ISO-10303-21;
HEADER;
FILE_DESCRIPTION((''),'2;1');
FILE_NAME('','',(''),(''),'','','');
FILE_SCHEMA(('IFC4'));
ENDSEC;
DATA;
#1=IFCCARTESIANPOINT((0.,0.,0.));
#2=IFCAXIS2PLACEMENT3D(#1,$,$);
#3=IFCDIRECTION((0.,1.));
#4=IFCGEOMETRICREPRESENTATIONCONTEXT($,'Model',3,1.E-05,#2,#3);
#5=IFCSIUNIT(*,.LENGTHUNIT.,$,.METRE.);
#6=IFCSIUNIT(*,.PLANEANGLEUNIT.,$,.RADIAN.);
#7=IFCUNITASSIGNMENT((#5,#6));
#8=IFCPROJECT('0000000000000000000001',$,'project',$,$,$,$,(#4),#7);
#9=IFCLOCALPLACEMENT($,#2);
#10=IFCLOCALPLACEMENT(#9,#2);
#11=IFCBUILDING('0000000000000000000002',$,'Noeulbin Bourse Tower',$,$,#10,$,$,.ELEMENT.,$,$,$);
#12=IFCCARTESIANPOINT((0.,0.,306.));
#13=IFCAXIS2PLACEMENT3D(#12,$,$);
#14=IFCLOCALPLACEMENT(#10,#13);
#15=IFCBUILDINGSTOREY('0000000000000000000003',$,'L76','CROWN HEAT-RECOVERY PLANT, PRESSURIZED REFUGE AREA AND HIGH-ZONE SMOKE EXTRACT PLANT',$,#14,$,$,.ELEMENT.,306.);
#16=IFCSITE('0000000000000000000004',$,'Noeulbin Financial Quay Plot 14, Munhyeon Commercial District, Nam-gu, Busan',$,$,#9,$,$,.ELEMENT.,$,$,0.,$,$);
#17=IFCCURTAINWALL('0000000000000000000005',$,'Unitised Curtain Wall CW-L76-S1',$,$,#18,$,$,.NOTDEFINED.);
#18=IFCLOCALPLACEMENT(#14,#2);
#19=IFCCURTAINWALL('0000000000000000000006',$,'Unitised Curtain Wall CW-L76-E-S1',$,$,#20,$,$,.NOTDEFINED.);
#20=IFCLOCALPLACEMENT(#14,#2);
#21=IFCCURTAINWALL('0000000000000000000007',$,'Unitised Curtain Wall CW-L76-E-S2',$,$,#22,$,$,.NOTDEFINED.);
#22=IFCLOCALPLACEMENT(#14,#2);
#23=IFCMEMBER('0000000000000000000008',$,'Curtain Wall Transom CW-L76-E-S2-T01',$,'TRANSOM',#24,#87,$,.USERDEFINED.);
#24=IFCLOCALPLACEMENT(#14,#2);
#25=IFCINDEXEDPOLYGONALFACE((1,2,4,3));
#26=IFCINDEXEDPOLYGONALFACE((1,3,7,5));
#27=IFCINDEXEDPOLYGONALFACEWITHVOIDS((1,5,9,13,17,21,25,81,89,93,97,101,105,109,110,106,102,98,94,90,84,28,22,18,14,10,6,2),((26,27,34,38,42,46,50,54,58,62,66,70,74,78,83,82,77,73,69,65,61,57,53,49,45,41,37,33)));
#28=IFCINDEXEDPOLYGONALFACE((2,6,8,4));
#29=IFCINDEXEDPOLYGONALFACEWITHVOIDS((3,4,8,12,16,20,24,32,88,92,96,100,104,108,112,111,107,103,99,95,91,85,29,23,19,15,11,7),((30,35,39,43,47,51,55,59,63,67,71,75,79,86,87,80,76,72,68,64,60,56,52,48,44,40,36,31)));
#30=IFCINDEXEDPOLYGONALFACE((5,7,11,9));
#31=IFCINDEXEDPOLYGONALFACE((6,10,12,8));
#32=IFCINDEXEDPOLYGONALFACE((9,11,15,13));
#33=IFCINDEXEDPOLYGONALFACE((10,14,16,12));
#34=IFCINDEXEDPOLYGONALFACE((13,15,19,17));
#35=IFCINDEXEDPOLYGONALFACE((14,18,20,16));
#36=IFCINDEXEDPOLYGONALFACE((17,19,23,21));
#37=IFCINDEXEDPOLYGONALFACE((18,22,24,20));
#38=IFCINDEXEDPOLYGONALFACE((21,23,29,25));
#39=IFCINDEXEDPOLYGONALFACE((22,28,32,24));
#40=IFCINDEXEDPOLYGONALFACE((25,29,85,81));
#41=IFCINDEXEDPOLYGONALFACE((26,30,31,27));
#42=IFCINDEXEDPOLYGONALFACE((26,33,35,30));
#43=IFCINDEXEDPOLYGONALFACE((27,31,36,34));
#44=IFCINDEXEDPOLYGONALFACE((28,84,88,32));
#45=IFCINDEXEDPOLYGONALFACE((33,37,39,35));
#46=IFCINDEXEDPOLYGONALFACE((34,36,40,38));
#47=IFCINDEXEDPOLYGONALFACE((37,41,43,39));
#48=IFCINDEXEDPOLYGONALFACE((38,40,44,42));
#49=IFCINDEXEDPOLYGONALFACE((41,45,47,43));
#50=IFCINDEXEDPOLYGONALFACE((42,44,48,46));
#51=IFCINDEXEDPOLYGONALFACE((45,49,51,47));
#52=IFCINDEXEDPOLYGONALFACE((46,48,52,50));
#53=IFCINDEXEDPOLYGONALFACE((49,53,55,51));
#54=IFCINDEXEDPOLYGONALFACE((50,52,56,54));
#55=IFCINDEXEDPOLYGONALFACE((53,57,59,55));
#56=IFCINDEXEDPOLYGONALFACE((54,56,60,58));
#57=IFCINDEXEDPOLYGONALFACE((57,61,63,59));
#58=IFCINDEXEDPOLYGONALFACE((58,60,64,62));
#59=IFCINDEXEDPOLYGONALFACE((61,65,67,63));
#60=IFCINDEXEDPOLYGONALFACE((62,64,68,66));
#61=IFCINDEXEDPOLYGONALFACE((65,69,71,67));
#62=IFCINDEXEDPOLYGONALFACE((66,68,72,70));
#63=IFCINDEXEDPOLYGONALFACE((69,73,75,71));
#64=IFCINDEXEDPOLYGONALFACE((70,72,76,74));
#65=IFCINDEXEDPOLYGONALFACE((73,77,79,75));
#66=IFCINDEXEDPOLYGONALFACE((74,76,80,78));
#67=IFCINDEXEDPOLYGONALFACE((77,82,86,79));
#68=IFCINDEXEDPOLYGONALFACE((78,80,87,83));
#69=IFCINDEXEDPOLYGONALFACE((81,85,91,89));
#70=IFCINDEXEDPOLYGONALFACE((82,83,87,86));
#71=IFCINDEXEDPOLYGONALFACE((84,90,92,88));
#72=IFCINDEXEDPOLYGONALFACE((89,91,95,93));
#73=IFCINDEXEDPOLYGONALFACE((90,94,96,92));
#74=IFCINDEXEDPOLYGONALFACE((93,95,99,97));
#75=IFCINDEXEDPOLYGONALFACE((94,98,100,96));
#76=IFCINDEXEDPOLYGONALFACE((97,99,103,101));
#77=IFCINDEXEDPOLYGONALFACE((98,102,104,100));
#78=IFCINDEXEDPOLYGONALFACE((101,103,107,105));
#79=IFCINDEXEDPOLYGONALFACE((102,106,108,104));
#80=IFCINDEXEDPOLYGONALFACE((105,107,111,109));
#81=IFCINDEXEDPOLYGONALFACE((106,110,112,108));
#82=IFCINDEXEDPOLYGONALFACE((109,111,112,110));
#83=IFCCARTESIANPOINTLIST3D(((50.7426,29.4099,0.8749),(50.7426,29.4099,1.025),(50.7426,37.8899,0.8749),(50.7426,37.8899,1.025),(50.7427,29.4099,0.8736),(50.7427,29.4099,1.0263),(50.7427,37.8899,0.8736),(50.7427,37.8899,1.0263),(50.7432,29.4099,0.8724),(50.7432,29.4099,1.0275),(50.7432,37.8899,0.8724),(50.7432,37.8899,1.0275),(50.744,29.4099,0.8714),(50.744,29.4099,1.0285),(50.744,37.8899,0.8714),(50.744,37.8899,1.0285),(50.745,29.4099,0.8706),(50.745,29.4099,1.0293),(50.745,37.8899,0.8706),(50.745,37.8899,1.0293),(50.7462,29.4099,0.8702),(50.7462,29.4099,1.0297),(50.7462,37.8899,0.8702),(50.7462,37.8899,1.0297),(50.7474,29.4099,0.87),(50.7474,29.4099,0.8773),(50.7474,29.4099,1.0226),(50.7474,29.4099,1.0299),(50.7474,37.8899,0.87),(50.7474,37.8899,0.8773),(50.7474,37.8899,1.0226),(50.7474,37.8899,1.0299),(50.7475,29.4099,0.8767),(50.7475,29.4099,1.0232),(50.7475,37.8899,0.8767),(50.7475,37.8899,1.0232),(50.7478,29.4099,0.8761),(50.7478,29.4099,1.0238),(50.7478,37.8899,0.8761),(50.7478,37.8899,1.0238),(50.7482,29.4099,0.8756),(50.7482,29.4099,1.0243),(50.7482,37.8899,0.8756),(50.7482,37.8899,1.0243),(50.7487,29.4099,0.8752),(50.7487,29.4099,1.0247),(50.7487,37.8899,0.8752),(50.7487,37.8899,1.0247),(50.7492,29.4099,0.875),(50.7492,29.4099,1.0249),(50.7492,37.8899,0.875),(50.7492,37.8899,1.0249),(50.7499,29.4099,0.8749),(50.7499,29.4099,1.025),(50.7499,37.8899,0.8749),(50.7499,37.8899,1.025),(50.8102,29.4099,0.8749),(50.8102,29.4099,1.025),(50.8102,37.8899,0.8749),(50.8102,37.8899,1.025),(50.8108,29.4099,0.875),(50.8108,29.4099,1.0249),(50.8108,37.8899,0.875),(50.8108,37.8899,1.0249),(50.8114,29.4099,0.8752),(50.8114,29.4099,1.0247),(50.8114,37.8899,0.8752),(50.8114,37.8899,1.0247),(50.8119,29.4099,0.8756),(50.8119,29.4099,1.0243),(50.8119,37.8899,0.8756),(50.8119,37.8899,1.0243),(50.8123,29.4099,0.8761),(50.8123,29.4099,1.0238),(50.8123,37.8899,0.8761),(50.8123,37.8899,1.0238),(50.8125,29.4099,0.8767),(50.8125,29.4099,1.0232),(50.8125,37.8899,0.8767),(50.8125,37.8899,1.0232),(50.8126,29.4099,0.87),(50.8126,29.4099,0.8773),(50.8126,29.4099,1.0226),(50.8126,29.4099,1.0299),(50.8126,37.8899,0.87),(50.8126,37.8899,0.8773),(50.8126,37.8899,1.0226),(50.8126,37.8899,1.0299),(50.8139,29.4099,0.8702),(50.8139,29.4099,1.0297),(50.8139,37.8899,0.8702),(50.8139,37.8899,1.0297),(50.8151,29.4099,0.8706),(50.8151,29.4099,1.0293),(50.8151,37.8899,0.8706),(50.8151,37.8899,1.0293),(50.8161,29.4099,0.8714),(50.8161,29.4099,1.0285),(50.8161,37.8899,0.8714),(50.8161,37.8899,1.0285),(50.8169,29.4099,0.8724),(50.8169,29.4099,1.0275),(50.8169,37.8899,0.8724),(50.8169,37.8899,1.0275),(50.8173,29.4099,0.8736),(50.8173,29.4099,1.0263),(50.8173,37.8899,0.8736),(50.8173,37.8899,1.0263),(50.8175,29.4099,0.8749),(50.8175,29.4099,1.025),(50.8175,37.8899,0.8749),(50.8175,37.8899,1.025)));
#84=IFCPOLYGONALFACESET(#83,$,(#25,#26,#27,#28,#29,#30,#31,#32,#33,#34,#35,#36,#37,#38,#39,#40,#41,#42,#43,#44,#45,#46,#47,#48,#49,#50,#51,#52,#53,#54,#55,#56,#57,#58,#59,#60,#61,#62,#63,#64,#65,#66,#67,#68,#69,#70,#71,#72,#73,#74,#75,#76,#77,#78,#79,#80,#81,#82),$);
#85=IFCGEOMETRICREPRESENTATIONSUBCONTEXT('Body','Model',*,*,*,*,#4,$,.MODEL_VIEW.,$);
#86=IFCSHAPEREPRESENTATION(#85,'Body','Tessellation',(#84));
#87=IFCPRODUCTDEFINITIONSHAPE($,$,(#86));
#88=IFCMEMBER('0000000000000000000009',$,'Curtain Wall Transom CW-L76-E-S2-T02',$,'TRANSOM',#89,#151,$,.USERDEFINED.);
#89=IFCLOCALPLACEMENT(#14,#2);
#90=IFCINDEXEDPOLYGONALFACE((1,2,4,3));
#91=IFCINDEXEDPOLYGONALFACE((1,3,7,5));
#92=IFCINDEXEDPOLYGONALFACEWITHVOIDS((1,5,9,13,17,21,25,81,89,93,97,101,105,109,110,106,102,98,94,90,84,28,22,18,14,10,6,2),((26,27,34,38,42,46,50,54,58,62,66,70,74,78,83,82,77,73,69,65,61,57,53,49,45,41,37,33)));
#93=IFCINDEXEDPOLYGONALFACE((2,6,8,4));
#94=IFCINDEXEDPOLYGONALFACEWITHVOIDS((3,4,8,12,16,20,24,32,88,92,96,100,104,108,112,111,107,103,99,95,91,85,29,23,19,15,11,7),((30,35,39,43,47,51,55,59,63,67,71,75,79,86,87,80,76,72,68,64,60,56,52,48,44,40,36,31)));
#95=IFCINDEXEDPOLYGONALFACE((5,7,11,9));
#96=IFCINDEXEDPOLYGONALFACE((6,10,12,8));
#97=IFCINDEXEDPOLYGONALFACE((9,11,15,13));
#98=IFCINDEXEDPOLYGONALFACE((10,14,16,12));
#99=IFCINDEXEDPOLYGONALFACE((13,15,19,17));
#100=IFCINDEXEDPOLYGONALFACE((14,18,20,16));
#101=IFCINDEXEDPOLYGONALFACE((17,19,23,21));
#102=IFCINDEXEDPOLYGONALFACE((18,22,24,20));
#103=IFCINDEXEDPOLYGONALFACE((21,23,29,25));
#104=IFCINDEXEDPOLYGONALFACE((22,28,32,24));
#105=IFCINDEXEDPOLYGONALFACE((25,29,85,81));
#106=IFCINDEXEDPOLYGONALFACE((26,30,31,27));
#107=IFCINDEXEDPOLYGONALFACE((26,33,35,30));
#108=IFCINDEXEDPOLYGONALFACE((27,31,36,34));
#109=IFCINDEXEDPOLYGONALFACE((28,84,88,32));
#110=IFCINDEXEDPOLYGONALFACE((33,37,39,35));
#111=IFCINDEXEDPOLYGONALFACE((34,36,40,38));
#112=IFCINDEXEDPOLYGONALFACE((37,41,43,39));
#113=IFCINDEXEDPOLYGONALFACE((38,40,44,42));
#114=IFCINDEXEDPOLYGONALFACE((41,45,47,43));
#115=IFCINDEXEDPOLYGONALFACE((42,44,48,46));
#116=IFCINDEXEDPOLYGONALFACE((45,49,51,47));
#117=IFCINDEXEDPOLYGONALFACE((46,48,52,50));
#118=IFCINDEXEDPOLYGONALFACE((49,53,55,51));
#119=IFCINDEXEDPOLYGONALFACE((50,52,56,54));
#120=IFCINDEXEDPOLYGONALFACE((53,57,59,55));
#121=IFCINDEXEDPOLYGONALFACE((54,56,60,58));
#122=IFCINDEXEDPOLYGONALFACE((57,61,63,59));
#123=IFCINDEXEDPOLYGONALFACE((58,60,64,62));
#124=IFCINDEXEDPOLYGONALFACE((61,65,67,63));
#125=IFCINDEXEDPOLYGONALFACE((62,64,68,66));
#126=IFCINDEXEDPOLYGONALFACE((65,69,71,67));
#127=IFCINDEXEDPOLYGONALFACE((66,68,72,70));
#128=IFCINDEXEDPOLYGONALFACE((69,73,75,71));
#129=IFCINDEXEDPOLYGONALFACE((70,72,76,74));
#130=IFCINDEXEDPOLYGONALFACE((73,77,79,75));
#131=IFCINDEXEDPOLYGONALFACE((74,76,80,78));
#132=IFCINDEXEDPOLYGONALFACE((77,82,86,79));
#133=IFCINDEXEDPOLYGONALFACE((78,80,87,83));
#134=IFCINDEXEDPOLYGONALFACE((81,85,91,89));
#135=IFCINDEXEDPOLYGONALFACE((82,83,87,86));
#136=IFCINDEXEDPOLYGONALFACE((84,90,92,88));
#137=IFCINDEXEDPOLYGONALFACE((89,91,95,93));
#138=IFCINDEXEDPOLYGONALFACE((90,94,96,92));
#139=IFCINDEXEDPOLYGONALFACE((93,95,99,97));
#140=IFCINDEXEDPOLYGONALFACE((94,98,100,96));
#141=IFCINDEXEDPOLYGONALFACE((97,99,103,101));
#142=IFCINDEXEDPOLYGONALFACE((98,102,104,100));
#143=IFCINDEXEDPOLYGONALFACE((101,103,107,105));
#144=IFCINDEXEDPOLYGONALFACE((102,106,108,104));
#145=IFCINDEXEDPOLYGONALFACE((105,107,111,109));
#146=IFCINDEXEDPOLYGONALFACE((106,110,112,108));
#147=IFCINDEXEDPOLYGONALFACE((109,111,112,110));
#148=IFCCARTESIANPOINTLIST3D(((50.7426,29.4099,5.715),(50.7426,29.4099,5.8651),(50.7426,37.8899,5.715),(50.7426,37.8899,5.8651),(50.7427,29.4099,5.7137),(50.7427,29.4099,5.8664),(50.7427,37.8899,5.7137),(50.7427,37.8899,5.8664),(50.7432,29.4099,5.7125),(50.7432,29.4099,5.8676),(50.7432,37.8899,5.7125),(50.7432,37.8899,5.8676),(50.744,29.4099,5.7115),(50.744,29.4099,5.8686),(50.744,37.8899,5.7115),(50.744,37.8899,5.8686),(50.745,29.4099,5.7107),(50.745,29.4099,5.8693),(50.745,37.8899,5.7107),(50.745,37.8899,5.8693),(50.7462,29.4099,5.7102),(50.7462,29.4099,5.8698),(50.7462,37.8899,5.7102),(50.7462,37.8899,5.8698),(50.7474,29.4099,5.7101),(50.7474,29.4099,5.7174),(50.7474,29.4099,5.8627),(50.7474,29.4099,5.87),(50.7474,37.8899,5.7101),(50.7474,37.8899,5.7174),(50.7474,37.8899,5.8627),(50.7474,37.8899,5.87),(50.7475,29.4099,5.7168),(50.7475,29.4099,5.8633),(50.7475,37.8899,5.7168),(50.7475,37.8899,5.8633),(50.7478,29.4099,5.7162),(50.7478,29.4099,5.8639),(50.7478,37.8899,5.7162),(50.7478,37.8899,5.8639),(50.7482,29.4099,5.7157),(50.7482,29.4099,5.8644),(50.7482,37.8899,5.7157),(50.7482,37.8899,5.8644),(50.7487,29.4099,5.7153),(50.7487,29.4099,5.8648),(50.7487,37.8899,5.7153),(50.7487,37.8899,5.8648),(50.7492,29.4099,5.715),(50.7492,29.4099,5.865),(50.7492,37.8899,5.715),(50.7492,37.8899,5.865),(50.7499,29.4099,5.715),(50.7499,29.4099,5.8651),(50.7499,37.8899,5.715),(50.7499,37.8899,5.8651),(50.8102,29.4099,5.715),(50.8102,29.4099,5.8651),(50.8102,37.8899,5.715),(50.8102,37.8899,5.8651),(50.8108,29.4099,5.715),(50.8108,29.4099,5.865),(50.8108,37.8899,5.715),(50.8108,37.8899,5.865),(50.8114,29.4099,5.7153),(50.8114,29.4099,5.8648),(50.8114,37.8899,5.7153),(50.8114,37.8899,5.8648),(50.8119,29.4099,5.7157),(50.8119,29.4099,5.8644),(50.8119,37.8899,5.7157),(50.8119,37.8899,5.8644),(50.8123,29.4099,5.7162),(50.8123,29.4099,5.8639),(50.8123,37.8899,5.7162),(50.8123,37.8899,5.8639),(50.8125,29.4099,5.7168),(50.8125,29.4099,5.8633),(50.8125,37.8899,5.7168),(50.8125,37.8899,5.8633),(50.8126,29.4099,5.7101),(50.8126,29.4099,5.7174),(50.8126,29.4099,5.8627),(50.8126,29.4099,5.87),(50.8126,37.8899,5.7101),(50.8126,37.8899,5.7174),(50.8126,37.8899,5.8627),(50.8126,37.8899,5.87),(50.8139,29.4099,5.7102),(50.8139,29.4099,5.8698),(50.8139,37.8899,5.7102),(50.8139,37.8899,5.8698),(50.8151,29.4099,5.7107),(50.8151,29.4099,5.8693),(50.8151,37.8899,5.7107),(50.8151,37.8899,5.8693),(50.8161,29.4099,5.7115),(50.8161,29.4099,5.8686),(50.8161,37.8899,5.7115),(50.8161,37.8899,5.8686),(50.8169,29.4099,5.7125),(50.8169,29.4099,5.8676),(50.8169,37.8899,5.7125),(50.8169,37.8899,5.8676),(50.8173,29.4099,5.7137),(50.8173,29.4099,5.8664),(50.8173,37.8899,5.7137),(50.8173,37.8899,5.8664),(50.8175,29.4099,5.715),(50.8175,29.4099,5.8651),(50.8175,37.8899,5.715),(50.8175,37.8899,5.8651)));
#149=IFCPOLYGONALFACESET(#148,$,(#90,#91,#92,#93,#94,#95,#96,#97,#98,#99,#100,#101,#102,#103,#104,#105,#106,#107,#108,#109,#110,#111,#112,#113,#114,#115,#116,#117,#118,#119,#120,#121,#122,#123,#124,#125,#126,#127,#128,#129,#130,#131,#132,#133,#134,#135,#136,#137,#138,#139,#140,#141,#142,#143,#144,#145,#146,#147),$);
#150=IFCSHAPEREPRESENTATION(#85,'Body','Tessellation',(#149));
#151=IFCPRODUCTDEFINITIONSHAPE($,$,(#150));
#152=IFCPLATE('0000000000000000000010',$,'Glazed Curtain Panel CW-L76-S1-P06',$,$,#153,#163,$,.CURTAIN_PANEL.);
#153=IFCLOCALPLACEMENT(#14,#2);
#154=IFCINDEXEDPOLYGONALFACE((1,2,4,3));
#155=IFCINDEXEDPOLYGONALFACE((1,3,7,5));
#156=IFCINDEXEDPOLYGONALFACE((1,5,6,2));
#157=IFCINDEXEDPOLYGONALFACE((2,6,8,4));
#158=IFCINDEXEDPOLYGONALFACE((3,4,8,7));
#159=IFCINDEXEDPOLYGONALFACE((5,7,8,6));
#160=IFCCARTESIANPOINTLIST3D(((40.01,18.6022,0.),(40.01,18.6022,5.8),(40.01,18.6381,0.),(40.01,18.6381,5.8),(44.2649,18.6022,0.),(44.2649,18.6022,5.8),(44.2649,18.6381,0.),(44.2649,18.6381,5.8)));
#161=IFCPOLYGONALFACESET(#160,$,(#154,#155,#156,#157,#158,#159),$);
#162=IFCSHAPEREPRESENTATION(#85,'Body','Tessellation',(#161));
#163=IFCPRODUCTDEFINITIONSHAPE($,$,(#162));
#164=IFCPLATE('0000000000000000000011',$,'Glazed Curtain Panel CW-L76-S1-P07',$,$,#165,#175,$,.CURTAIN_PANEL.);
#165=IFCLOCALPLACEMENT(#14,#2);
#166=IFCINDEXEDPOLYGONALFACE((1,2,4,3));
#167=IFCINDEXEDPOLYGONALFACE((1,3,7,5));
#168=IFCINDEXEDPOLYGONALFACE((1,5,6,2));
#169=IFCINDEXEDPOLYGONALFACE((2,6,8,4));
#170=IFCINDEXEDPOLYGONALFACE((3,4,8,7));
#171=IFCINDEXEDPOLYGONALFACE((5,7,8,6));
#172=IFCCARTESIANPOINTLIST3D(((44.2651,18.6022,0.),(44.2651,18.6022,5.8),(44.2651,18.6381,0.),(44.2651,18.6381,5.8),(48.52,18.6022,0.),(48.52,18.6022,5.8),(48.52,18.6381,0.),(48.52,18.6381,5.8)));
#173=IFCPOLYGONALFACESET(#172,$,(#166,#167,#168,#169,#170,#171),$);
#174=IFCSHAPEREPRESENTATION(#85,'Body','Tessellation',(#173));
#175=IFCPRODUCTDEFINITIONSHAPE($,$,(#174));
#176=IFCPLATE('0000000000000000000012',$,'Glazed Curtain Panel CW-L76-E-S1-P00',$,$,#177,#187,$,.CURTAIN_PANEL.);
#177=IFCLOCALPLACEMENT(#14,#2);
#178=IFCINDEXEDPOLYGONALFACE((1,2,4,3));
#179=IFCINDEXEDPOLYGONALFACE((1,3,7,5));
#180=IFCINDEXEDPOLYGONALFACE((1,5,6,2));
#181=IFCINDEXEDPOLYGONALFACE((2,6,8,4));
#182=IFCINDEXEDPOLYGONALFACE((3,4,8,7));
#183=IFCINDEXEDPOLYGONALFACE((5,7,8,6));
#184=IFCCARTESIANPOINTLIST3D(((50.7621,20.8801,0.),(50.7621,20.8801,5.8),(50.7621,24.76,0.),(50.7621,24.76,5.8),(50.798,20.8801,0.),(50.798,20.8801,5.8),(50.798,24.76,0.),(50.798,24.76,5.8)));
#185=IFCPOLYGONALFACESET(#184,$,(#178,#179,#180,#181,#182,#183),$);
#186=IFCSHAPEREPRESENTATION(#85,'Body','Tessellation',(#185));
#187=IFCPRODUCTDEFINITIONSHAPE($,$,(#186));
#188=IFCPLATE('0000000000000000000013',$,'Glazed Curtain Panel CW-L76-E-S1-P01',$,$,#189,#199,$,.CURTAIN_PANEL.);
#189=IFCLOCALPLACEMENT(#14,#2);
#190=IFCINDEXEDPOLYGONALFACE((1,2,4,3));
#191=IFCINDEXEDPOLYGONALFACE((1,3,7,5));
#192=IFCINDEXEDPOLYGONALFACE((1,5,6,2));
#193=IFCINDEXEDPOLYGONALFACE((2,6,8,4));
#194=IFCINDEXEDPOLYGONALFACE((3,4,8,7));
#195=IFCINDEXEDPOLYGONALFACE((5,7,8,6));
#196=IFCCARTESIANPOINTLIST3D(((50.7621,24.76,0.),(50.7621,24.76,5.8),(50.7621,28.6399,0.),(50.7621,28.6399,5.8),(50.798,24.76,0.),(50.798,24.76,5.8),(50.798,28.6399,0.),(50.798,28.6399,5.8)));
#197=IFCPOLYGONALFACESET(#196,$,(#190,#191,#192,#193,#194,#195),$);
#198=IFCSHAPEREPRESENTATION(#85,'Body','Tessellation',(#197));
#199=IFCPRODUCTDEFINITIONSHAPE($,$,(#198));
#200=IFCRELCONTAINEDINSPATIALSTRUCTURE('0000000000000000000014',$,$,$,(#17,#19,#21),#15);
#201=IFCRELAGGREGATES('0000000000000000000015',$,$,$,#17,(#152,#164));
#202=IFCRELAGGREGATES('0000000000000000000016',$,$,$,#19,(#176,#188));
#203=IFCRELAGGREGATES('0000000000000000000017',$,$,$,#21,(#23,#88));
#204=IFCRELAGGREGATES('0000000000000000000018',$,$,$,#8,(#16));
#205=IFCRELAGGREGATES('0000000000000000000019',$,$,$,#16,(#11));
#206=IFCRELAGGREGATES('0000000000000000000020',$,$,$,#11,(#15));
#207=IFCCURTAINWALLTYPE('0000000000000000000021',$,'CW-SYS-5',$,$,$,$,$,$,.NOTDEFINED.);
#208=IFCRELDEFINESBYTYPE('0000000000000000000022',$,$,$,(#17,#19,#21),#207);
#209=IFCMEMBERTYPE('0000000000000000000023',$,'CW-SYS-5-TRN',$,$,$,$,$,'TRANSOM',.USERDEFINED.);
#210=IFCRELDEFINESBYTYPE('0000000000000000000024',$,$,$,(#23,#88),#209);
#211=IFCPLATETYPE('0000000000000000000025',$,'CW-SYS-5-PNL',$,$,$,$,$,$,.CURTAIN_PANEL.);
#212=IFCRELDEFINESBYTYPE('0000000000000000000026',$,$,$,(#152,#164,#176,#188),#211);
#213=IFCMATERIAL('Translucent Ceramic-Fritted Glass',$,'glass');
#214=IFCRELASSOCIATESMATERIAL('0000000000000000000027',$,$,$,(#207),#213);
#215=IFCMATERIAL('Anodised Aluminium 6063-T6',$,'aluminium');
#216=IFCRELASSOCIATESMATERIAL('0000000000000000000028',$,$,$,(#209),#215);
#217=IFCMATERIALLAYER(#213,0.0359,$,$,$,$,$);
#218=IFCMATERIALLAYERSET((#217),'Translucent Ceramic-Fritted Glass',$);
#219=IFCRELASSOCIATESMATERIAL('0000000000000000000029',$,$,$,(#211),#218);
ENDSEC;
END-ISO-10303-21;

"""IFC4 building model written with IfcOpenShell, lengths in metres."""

from ifc_helpers import new_model, si_unit, direction, frame, origin, origin_2d, place, context, subcontext, project, spatial, rectangle, hollow_rectangle, extrude, material, layer, layer_set, material_profile, profile_set, type_object, element, aggregate, save


model = new_model("IFC4")

# Units and contexts
model_context = context("Model", 3, precision=1e-05, world=origin(), true_north=direction((0.0, 1.0)))
body_context = subcontext(model_context, "Body", "Model", "MODEL_VIEW")
ifc_project = project(units=[si_unit("LENGTHUNIT", "METRE"), si_unit("PLANEANGLEUNIT", "RADIAN")], contexts=[model_context])

# Site, building, storey
site_placement = place(None, origin())
site = spatial("IfcSite", under=ifc_project, at=site_placement, Name="Noeulbin Financial Quay Plot 14, Munhyeon Commercial District, Nam-gu, Busan", CompositionType="ELEMENT", RefElevation=0.0)
building_placement = place(site_placement, origin())
building = spatial("IfcBuilding", under=site, at=building_placement, Name="Noeulbin Bourse Tower", CompositionType="ELEMENT")
storey_placement = place(building_placement, frame((0.0, 0.0, 306.0)))
storey = spatial("IfcBuildingStorey", under=building, at=storey_placement, Name="L76", Description="CROWN HEAT-RECOVERY PLANT, PRESSURIZED REFUGE AREA AND HIGH-ZONE SMOKE EXTRACT PLANT", CompositionType="ELEMENT", Elevation=306.0)

# Curtain walls
ifc_material_1 = material(Name="Translucent Ceramic-Fritted Glass", Category="glass")
curtain_wall_type = type_object("IfcCurtainWallType", Name="CW-SYS-5", PredefinedType="NOTDEFINED", material=ifc_material_1)
curtain_wall_1_placement = place(storey_placement, origin())
curtain_wall_1 = element("IfcCurtainWall", 1, at=curtain_wall_1_placement, inside=storey, type_object=curtain_wall_type, Name="Unitised Curtain Wall CW-L76-S1", PredefinedType="NOTDEFINED")
ifc_material_2 = material(Name="Anodised Aluminium 6063-T6", Category="aluminium")
curtain_wall_2_placement = place(storey_placement, origin())
curtain_wall_2 = element("IfcCurtainWall", 2, at=curtain_wall_2_placement, inside=storey, type_object=curtain_wall_type, Name="Unitised Curtain Wall CW-L76-E-S1", PredefinedType="NOTDEFINED")

# Curtain wall
curtain_wall_3_placement = place(storey_placement, origin())
curtain_wall_3 = element("IfcCurtainWall", 3, at=curtain_wall_3_placement, inside=storey, type_object=curtain_wall_type, Name="Unitised Curtain Wall CW-L76-E-S2", PredefinedType="NOTDEFINED")

# Members
ifc_material_profile_1 = material_profile(ifc_material_2, hollow_rectangle(XDim=0.075, YDim=0.1599, WallThickness=0.0049, InnerFilletRadius=0.0024, OuterFilletRadius=0.0049, at=origin_2d()), Name="ALU-TRAN-75x160x5", Category="LoadBearing")
ifc_profile_set_1 = profile_set([ifc_material_profile_1], Name="Anodised Aluminium 6063-T6")
member_type_1 = type_object("IfcMemberType", Name="CW-SYS-5-TRN", ElementType="TRANSOM", PredefinedType="USERDEFINED", material=ifc_profile_set_1)
member_1_placement = place(storey_placement, frame((50.78, 29.4099, 0.95), z_axis=(0.0, 1.0, 0.0), x_axis=(-1.0, 0.0, 0.0)))
member_1 = element("IfcMember", 4, at=member_1_placement, type_object=member_type_1, Name="Curtain Wall Transom CW-L76-E-S2-T01", ObjectType="TRANSOM", PredefinedType="USERDEFINED", context=body_context, shape_type="SweptSolid", body=[
    extrude(hollow_rectangle(XDim=0.075, YDim=0.1599, WallThickness=0.0049, InnerFilletRadius=0.0024, OuterFilletRadius=0.0049, at=origin_2d()), origin(), (0.0, 0.0, 1.0), 8.48),
])
member_2_placement = place(storey_placement, frame((50.78, 29.4099, 5.79), z_axis=(0.0, 1.0, 0.0), x_axis=(-1.0, 0.0, 0.0)))
member_2 = element("IfcMember", 5, at=member_2_placement, type_object=member_type_1, Name="Curtain Wall Transom CW-L76-E-S2-T02", ObjectType="TRANSOM", PredefinedType="USERDEFINED", context=body_context, shape_type="SweptSolid", body=[
    extrude(hollow_rectangle(XDim=0.075, YDim=0.1599, WallThickness=0.0049, InnerFilletRadius=0.0024, OuterFilletRadius=0.0049, at=origin_2d()), origin(), (0.0, 0.0, 1.0), 8.48),
])

# Plates
ifc_layer_1 = layer(ifc_material_1, 0.0359)
ifc_layer_set_1 = layer_set([ifc_layer_1], Name="Translucent Ceramic-Fritted Glass")
plate_type_1 = type_object("IfcPlateType", Name="CW-SYS-5-PNL", PredefinedType="CURTAIN_PANEL", material=ifc_layer_set_1)
plate_1_placement = place(storey_placement, frame((42.1375, 18.6201, 0.0), z_axis=(0.0, 0.0, 1.0), x_axis=(1.0, 0.0, 0.0)))
plate_1 = element("IfcPlate", 6, at=plate_1_placement, type_object=plate_type_1, Name="Glazed Curtain Panel CW-L76-S1-P06", PredefinedType="CURTAIN_PANEL", context=body_context, shape_type="SweptSolid", body=[
    extrude(rectangle(XDim=4.2549, YDim=0.0359, at=origin_2d()), origin(), (0.0, 0.0, 1.0), 5.8),
])
plate_2_placement = place(storey_placement, frame((46.3926, 18.6201, 0.0), z_axis=(0.0, 0.0, 1.0), x_axis=(1.0, 0.0, 0.0)))
plate_2 = element("IfcPlate", 7, at=plate_2_placement, type_object=plate_type_1, Name="Glazed Curtain Panel CW-L76-S1-P07", PredefinedType="CURTAIN_PANEL", context=body_context, shape_type="SweptSolid", body=[
    extrude(rectangle(XDim=4.2549, YDim=0.0359, at=origin_2d()), origin(), (0.0, 0.0, 1.0), 5.8),
])
aggregate(curtain_wall_1, [plate_1, plate_2])
plate_3_placement = place(storey_placement, frame((50.78, 22.8201, 0.0), z_axis=(0.0, 0.0, 1.0), x_axis=(0.0, 1.0, 0.0)))
plate_3 = element("IfcPlate", 8, at=plate_3_placement, type_object=plate_type_1, Name="Glazed Curtain Panel CW-L76-E-S1-P00", PredefinedType="CURTAIN_PANEL", context=body_context, shape_type="SweptSolid", body=[
    extrude(rectangle(XDim=3.8799, YDim=0.0359, at=origin_2d()), origin(), (0.0, 0.0, 1.0), 5.8),
])
plate_4_placement = place(storey_placement, frame((50.78, 26.7, 0.0), z_axis=(0.0, 0.0, 1.0), x_axis=(0.0, 1.0, 0.0)))
plate_4 = element("IfcPlate", 9, at=plate_4_placement, type_object=plate_type_1, Name="Glazed Curtain Panel CW-L76-E-S1-P01", PredefinedType="CURTAIN_PANEL", context=body_context, shape_type="SweptSolid", body=[
    extrude(rectangle(XDim=3.8799, YDim=0.0359, at=origin_2d()), origin(), (0.0, 0.0, 1.0), 5.8),
])
aggregate(curtain_wall_2, [plate_3, plate_4])
aggregate(curtain_wall_3, [member_1, member_2])

save(model, "model.ifc")
